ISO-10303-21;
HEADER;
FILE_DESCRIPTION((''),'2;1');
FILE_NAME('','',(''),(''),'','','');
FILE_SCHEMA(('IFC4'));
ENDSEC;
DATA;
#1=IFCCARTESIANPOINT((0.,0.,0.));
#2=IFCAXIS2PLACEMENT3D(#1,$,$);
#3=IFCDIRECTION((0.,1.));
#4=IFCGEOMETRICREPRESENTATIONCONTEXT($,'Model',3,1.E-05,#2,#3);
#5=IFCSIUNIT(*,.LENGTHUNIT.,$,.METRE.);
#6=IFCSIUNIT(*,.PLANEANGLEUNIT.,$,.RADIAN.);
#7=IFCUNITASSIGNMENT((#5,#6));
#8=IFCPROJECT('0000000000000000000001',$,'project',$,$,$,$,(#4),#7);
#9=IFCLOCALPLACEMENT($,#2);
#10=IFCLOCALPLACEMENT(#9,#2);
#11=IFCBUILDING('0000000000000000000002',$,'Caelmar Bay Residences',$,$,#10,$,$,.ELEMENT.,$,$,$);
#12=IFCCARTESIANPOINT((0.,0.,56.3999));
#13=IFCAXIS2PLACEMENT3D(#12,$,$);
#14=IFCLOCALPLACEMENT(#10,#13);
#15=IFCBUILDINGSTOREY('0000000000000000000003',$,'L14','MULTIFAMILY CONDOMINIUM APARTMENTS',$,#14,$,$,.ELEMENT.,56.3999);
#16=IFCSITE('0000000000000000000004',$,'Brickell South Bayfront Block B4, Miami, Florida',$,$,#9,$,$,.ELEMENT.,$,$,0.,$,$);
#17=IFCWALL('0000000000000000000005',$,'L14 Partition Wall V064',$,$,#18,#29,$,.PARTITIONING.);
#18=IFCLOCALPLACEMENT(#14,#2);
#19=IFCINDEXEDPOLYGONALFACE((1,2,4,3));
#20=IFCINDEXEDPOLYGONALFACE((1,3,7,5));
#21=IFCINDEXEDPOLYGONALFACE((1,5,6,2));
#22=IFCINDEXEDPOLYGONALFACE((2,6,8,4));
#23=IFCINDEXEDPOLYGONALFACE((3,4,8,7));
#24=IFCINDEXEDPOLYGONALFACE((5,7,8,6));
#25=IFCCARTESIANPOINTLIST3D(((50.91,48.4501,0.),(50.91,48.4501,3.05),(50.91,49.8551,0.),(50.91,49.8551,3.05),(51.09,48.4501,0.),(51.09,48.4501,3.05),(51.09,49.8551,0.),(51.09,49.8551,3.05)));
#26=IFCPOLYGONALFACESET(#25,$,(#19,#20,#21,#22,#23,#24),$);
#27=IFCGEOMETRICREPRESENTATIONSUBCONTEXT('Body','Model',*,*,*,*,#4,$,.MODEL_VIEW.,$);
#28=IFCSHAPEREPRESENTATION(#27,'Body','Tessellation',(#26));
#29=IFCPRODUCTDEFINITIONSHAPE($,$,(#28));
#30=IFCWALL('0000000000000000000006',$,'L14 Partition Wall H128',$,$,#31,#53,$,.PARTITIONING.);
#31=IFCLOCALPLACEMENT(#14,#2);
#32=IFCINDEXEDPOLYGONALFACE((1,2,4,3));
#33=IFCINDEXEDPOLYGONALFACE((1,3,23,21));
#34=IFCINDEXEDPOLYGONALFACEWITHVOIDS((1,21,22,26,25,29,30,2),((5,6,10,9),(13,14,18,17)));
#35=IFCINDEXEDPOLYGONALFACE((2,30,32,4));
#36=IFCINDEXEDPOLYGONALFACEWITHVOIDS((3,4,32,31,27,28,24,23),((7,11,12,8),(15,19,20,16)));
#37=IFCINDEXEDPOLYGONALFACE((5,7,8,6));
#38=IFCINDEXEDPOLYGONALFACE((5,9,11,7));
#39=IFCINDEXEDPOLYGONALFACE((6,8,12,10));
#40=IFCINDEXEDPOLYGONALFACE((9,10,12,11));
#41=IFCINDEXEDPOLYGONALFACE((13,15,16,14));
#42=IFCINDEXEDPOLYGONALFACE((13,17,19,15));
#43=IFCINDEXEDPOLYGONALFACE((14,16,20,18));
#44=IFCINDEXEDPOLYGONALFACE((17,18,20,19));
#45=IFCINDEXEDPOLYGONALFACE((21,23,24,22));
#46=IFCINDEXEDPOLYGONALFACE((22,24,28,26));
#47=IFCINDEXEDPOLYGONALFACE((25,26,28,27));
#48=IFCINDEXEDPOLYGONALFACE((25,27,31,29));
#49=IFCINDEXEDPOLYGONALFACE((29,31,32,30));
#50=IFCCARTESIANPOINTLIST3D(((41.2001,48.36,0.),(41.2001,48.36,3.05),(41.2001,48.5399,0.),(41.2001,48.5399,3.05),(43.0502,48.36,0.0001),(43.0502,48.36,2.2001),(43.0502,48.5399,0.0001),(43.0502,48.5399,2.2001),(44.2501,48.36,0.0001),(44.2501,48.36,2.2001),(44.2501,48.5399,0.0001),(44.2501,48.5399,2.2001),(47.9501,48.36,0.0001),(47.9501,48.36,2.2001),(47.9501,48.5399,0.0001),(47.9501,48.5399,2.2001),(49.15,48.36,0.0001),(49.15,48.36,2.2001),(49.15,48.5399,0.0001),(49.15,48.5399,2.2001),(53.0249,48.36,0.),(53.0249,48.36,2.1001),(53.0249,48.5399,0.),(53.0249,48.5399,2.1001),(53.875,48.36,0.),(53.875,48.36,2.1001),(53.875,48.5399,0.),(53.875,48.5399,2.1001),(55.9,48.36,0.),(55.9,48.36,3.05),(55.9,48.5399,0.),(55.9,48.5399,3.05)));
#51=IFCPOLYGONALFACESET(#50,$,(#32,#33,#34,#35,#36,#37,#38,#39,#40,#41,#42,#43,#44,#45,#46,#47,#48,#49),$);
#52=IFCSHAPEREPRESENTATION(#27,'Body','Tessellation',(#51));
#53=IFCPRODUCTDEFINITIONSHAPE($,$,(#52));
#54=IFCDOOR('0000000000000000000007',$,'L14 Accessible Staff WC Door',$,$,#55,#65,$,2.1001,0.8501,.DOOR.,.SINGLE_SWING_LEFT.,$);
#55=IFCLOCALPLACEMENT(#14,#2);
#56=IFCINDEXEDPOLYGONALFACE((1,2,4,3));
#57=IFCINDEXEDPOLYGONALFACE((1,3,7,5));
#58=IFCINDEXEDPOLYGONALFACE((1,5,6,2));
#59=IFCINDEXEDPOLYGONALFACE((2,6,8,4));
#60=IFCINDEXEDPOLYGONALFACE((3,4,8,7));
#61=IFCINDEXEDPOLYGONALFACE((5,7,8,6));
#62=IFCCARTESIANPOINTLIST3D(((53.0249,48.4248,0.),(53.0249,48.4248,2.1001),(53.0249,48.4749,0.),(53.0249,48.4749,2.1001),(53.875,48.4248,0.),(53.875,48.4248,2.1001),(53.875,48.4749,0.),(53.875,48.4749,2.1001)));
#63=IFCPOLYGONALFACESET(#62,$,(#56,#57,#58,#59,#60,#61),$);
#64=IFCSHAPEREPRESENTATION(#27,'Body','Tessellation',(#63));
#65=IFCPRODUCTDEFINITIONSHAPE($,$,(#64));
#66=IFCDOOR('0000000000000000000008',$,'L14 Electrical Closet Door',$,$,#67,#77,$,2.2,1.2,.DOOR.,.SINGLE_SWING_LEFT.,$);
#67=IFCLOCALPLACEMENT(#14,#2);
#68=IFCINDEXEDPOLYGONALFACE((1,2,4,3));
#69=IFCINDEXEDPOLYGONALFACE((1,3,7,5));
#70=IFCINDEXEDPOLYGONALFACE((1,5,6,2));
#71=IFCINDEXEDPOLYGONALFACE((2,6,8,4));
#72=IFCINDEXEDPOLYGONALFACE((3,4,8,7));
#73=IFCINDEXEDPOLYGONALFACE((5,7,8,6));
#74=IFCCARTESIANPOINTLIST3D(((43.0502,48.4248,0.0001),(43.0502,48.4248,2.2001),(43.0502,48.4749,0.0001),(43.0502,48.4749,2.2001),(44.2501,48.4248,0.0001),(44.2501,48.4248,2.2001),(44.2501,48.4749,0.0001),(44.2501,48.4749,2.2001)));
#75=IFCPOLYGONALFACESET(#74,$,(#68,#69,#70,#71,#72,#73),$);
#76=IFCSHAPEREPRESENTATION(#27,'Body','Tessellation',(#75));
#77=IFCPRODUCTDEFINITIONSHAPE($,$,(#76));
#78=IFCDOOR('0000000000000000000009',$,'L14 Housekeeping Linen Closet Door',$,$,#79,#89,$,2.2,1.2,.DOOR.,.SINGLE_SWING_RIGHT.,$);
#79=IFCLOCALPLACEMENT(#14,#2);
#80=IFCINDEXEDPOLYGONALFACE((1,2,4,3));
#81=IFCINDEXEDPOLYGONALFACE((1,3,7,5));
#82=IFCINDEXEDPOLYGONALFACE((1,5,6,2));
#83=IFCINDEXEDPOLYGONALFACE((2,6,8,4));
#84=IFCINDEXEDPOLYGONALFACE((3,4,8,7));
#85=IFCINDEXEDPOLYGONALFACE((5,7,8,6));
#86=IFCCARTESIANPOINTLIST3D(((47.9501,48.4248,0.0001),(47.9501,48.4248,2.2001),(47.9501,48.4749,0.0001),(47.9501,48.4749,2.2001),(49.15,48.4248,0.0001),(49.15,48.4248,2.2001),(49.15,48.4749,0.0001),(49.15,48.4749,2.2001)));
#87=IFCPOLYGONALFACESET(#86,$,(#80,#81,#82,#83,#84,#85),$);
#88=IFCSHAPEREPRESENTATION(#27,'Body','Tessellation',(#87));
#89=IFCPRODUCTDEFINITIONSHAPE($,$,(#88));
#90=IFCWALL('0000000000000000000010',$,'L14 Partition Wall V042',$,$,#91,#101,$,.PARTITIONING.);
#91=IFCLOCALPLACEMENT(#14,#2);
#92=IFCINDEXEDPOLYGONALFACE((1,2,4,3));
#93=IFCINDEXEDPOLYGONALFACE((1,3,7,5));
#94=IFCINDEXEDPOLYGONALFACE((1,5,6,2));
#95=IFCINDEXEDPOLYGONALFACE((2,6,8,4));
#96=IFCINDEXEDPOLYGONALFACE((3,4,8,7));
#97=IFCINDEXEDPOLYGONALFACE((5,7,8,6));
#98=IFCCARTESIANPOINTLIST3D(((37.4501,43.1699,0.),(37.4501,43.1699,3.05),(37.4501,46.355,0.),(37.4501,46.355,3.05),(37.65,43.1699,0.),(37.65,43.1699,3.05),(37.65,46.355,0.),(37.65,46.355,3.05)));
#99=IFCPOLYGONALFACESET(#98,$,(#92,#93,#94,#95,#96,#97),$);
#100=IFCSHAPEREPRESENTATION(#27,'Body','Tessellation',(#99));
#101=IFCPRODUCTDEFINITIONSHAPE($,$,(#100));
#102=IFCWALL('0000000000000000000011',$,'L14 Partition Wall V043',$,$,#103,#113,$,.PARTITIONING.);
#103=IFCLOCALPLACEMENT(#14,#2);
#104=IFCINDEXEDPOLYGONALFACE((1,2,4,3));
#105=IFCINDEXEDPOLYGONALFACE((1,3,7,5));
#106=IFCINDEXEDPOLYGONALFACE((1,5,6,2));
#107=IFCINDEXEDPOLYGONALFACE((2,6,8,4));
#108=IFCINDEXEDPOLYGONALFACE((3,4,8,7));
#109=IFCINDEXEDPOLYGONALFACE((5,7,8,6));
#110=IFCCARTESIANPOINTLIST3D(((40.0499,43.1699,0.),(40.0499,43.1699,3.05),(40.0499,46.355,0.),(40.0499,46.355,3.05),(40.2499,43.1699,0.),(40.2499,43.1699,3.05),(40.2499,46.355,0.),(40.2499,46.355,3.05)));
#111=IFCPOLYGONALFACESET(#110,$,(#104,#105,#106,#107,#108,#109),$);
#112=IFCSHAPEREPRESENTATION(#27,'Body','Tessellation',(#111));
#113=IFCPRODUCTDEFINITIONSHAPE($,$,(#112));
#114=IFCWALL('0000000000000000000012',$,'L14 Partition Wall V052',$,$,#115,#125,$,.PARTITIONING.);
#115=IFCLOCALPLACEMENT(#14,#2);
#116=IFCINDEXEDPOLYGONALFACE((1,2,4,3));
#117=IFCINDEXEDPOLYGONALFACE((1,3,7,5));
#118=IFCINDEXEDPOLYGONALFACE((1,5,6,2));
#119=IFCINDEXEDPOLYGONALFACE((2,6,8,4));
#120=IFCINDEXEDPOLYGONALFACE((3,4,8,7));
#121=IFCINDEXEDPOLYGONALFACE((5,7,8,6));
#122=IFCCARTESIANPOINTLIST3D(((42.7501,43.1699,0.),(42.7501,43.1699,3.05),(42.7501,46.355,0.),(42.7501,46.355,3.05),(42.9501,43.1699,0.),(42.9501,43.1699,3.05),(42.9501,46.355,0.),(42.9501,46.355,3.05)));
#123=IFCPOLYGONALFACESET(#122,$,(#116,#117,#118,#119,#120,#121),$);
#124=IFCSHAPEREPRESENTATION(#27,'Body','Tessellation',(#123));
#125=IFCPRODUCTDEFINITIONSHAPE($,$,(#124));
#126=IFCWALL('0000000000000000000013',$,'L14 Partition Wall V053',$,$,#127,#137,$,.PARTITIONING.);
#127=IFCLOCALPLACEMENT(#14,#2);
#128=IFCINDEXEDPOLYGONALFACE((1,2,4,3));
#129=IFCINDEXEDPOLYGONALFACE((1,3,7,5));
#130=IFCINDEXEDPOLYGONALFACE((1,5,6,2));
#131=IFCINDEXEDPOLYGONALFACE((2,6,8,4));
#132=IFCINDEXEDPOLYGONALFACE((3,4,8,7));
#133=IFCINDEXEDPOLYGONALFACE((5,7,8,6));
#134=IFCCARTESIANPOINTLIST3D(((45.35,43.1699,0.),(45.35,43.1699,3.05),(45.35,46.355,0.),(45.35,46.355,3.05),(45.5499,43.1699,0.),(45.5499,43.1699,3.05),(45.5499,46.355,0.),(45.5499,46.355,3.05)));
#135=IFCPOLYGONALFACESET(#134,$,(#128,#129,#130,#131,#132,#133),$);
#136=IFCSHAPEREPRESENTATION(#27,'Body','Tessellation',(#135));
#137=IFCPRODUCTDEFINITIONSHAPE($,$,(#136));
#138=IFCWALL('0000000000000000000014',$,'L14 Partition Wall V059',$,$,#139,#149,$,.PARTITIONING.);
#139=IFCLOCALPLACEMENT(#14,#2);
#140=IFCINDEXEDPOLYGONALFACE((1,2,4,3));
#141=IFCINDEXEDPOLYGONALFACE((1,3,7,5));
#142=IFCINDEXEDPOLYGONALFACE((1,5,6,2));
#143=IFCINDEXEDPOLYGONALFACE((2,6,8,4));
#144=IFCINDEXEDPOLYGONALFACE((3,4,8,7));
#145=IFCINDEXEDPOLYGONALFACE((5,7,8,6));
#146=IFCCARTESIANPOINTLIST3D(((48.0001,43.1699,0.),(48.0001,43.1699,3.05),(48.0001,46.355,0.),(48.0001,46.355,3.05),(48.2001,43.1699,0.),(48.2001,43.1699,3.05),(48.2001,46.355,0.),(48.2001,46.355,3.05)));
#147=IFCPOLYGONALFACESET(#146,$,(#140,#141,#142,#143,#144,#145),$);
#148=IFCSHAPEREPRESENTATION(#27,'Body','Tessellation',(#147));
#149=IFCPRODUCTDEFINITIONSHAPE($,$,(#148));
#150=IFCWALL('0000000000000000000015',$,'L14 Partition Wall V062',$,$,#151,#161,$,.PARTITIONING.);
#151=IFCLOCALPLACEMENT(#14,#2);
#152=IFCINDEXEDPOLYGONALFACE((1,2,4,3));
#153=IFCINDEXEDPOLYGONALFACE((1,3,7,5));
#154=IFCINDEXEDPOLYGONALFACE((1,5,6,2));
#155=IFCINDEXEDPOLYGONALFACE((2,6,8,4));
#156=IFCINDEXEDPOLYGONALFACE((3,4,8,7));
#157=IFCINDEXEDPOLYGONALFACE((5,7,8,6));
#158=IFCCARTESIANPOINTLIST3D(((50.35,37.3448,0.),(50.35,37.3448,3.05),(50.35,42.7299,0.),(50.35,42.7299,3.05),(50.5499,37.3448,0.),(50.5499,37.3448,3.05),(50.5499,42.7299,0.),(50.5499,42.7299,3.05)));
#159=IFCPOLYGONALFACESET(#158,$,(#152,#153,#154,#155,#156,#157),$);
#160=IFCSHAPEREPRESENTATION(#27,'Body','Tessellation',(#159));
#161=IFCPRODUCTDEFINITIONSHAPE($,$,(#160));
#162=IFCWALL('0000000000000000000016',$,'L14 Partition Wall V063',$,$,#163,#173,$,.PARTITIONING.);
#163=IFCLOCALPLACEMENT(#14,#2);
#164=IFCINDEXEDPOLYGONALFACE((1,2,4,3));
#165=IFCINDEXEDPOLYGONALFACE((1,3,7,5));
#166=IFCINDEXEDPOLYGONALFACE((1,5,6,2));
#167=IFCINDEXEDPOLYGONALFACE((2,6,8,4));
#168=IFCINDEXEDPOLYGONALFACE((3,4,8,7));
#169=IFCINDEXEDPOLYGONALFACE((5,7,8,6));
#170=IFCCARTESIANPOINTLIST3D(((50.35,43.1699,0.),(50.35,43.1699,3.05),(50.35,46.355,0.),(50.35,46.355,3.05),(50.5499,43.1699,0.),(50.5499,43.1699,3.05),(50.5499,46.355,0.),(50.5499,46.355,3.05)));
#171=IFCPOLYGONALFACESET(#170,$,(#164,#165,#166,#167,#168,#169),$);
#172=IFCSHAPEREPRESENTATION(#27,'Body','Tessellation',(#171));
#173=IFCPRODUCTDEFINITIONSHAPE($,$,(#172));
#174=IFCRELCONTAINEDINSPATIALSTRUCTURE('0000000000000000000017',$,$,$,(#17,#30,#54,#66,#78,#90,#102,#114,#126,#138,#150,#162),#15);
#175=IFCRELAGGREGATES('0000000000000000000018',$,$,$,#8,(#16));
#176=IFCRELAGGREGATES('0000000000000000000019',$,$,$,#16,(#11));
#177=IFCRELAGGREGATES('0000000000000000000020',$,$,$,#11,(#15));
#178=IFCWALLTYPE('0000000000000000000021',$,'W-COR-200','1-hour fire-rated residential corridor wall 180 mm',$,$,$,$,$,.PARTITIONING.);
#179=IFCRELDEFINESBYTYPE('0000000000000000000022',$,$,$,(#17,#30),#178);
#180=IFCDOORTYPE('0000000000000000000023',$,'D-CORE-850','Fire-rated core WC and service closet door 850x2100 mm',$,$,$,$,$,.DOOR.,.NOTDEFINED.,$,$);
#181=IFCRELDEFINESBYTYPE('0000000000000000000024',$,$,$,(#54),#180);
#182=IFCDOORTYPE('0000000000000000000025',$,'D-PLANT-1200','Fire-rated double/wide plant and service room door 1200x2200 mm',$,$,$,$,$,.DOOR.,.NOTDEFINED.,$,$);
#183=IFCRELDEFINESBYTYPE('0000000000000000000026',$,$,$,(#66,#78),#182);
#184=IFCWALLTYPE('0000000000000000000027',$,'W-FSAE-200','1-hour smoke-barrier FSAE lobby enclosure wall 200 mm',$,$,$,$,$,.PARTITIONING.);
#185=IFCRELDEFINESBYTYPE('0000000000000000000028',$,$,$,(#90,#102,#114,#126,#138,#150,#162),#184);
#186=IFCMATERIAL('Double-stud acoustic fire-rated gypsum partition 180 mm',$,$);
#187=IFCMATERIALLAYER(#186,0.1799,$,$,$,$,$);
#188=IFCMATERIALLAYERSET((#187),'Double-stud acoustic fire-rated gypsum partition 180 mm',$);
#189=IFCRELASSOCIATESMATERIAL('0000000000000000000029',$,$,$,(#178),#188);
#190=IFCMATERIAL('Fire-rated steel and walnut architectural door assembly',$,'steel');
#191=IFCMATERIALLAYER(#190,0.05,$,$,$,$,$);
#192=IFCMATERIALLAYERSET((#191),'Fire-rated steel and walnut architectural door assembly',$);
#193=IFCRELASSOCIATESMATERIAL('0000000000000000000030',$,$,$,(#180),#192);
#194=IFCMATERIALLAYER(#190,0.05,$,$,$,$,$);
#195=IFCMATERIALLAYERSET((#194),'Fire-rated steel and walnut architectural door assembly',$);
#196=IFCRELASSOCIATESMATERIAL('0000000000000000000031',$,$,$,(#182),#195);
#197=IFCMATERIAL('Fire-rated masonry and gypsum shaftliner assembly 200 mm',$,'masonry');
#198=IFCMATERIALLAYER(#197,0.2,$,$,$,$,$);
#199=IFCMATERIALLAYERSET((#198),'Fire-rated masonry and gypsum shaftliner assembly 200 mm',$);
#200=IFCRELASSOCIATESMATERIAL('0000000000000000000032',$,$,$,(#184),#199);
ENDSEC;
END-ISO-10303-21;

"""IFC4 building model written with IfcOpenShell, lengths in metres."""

from ifc_helpers import new_model, si_unit, direction, frame, frame_2d, origin, place, context, subcontext, project, spatial, rectangle, extrude, material, layer, layer_set, type_object, element, fill, save


model = new_model("IFC4")

# Units and contexts
model_context = context("Model", 3, precision=1e-05, world=origin(), true_north=direction((0.0, 1.0)))
body_context = subcontext(model_context, "Body", "Model", "MODEL_VIEW")
ifc_project = project(units=[si_unit("LENGTHUNIT", "METRE"), si_unit("PLANEANGLEUNIT", "RADIAN")], contexts=[model_context])

# Site, building, storey
site_placement = place(None, origin())
site = spatial("IfcSite", under=ifc_project, at=site_placement, Name="Brickell South Bayfront Block B4, Miami, Florida", CompositionType="ELEMENT", RefElevation=0.0)
building_placement = place(site_placement, origin())
building = spatial("IfcBuilding", under=site, at=building_placement, Name="Caelmar Bay Residences", CompositionType="ELEMENT")
storey_placement = place(building_placement, frame((0.0, 0.0, 56.3999)))
storey = spatial("IfcBuildingStorey", under=building, at=storey_placement, Name="L14", Description="MULTIFAMILY CONDOMINIUM APARTMENTS", CompositionType="ELEMENT", Elevation=56.3999)

# Shared definitions
ifc_material_1 = material(Name="Double-stud acoustic fire-rated gypsum partition 180 mm")
ifc_layer_1 = layer(ifc_material_1, 0.1799)
ifc_layer_set_1 = layer_set([ifc_layer_1], Name="Double-stud acoustic fire-rated gypsum partition 180 mm")
wall_type_1 = type_object("IfcWallType", Name="W-COR-200", Description="1-hour fire-rated residential corridor wall 180 mm", PredefinedType="PARTITIONING", material=ifc_layer_set_1)
ifc_material_2 = material(Name="Fire-rated steel and walnut architectural door assembly", Category="steel")

# Wall
for number, where, z_axis, x_axis, name in (
    (1, (51.0, 48.45, 0.0), (0.0, 0.0, 1.0), (0.0, 1.0, 0.0), "L14 Partition Wall V064"),
):
    element("IfcWall", number, at=place(storey_placement, frame(where, z_axis=z_axis, x_axis=x_axis)), inside=storey, type_object=wall_type_1, Name=name, PredefinedType="PARTITIONING", context=body_context, shape_type="SweptSolid", body=[
        extrude(rectangle(XDim=1.405, YDim=0.1799, at=frame_2d((0.7026, 0.0))), origin(), (0.0, 0.0, 1.0), 3.05),
    ])

# Wall, openings, doors
wall_1_placement = place(storey_placement, frame((41.2, 48.45, 0.0), z_axis=(0.0, 0.0, 1.0), x_axis=(1.0, 0.0, 0.0)))
wall_1 = element("IfcWall", 2, at=wall_1_placement, inside=storey, type_object=wall_type_1, Name="L14 Partition Wall H128", PredefinedType="PARTITIONING", context=body_context, shape_type="SweptSolid", body=[
    extrude(rectangle(XDim=14.7, YDim=0.1799, at=frame_2d((7.3501, 0.0))), origin(), (0.0, 0.0, 1.0), 3.05),
])
opening_1_placement = place(wall_1_placement, frame((1.8501, 0.0, 0.0)))
opening_1 = element("IfcOpeningElement", 3, at=opening_1_placement, cuts=wall_1, PredefinedType="OPENING", context=body_context, shape_type="SweptSolid", body=[
    extrude(rectangle(XDim=1.2, YDim=2.2, at=frame_2d((0.6001, 1.1001))), frame((0.0, 0.0999, 0.0), z_axis=(0.0, -1.0, 0.0), x_axis=(1.0, 0.0, 0.0)), (0.0, 0.0, 1.0), 0.2),
])
opening_2_placement = place(wall_1_placement, frame((6.75, 0.0, 0.0)))
opening_2 = element("IfcOpeningElement", 4, at=opening_2_placement, cuts=wall_1, PredefinedType="OPENING", context=body_context, shape_type="SweptSolid", body=[
    extrude(rectangle(XDim=1.2, YDim=2.2, at=frame_2d((0.6001, 1.1001))), frame((0.0, 0.0999, 0.0), z_axis=(0.0, -1.0, 0.0), x_axis=(1.0, 0.0, 0.0)), (0.0, 0.0, 1.0), 0.2),
])
opening_3_placement = place(wall_1_placement, frame((11.825, 0.0, 0.0)))
opening_3 = element("IfcOpeningElement", 5, at=opening_3_placement, cuts=wall_1, PredefinedType="OPENING", context=body_context, shape_type="SweptSolid", body=[
    extrude(rectangle(XDim=0.8501, YDim=2.1001, at=frame_2d((0.425, 1.05))), frame((0.0, 0.0999, 0.0), z_axis=(0.0, -1.0, 0.0), x_axis=(1.0, 0.0, 0.0)), (0.0, 0.0, 1.0), 0.2),
])
ifc_layer_2 = layer(ifc_material_2, 0.05)
ifc_layer_set_2 = layer_set([ifc_layer_2], Name="Fire-rated steel and walnut architectural door assembly")
door_type_1 = type_object("IfcDoorType", Name="D-CORE-850", Description="Fire-rated core WC and service closet door 850x2100 mm", OperationType="NOTDEFINED", PredefinedType="DOOR", material=ifc_layer_set_2)
door_1_placement = place(opening_3_placement, origin())
door_1 = element("IfcDoor", 6, at=door_1_placement, inside=storey, type_object=door_type_1, Name="L14 Accessible Staff WC Door", OperationType="SINGLE_SWING_LEFT", OverallHeight=2.1001, OverallWidth=0.8501, PredefinedType="DOOR", context=body_context, shape_type="SweptSolid", body=[
    extrude(rectangle(XDim=0.8501, YDim=2.1001, at=frame_2d((0.425, 1.05))), frame((0.0, 0.0249, 0.0), z_axis=(0.0, -1.0, 0.0), x_axis=(1.0, 0.0, 0.0)), (0.0, 0.0, 1.0), 0.05),
])
fill(opening_3, door_1)
ifc_layer_3 = layer(ifc_material_2, 0.05)
ifc_layer_set_3 = layer_set([ifc_layer_3], Name="Fire-rated steel and walnut architectural door assembly")
door_type_2 = type_object("IfcDoorType", Name="D-PLANT-1200", Description="Fire-rated double/wide plant and service room door 1200x2200 mm", OperationType="NOTDEFINED", PredefinedType="DOOR", material=ifc_layer_set_3)
door_2_placement = place(opening_1_placement, origin())
door_2 = element("IfcDoor", 7, at=door_2_placement, inside=storey, type_object=door_type_2, Name="L14 Electrical Closet Door", OperationType="SINGLE_SWING_LEFT", OverallHeight=2.2, OverallWidth=1.2, PredefinedType="DOOR", context=body_context, shape_type="SweptSolid", body=[
    extrude(rectangle(XDim=1.2, YDim=2.2, at=frame_2d((0.6001, 1.1001))), frame((0.0, 0.0249, 0.0), z_axis=(0.0, -1.0, 0.0), x_axis=(1.0, 0.0, 0.0)), (0.0, 0.0, 1.0), 0.05),
])
fill(opening_1, door_2)
door_3_placement = place(opening_2_placement, origin())
door_3 = element("IfcDoor", 8, at=door_3_placement, inside=storey, type_object=door_type_2, Name="L14 Housekeeping Linen Closet Door", OperationType="SINGLE_SWING_RIGHT", OverallHeight=2.2, OverallWidth=1.2, PredefinedType="DOOR", context=body_context, shape_type="SweptSolid", body=[
    extrude(rectangle(XDim=1.2, YDim=2.2, at=frame_2d((0.6001, 1.1001))), frame((0.0, 0.0249, 0.0), z_axis=(0.0, -1.0, 0.0), x_axis=(1.0, 0.0, 0.0)), (0.0, 0.0, 1.0), 0.05),
])
fill(opening_2, door_3)

# Walls
ifc_material_3 = material(Name="Fire-rated masonry and gypsum shaftliner assembly 200 mm", Category="masonry")
ifc_layer_4 = layer(ifc_material_3, 0.2)
ifc_layer_set_4 = layer_set([ifc_layer_4], Name="Fire-rated masonry and gypsum shaftliner assembly 200 mm")
wall_type_2 = type_object("IfcWallType", Name="W-FSAE-200", Description="1-hour smoke-barrier FSAE lobby enclosure wall 200 mm", PredefinedType="PARTITIONING", material=ifc_layer_set_4)
for number, where, z_axis, x_axis, name in (
    (9, (37.55, 43.1699, 0.0), (0.0, 0.0, 1.0), (0.0, 1.0, 0.0), "L14 Partition Wall V042"),
    (10, (40.1499, 43.1699, 0.0), (0.0, 0.0, 1.0), (0.0, 1.0, 0.0), "L14 Partition Wall V043"),
    (11, (42.8501, 43.1699, 0.0), (0.0, 0.0, 1.0), (0.0, 1.0, 0.0), "L14 Partition Wall V052"),
    (12, (45.45, 43.1699, 0.0), (0.0, 0.0, 1.0), (0.0, 1.0, 0.0), "L14 Partition Wall V053"),
    (13, (48.1001, 43.1699, 0.0), (0.0, 0.0, 1.0), (0.0, 1.0, 0.0), "L14 Partition Wall V059"),
):
    element("IfcWall", number, at=place(storey_placement, frame(where, z_axis=z_axis, x_axis=x_axis)), inside=storey, type_object=wall_type_2, Name=name, PredefinedType="PARTITIONING", context=body_context, shape_type="SweptSolid", body=[
        extrude(rectangle(XDim=3.1851, YDim=0.2, at=frame_2d((1.5925, 0.0))), origin(), (0.0, 0.0, 1.0), 3.05),
    ])
wall_2_placement = place(storey_placement, frame((50.45, 37.345, 0.0), z_axis=(0.0, 0.0, 1.0), x_axis=(0.0, 1.0, 0.0)))
element("IfcWall", 14, at=wall_2_placement, inside=storey, type_object=wall_type_2, Name="L14 Partition Wall V062", PredefinedType="PARTITIONING", context=body_context, shape_type="SweptSolid", body=[
    extrude(rectangle(XDim=5.385, YDim=0.2, at=frame_2d((2.6924, 0.0))), origin(), (0.0, 0.0, 1.0), 3.05),
])
wall_3_placement = place(storey_placement, frame((50.45, 43.1699, 0.0), z_axis=(0.0, 0.0, 1.0), x_axis=(0.0, 1.0, 0.0)))
element("IfcWall", 15, at=wall_3_placement, inside=storey, type_object=wall_type_2, Name="L14 Partition Wall V063", PredefinedType="PARTITIONING", context=body_context, shape_type="SweptSolid", body=[
    extrude(rectangle(XDim=3.1851, YDim=0.2, at=frame_2d((1.5925, 0.0))), origin(), (0.0, 0.0, 1.0), 3.05),
])

save(model, "model.ifc")
